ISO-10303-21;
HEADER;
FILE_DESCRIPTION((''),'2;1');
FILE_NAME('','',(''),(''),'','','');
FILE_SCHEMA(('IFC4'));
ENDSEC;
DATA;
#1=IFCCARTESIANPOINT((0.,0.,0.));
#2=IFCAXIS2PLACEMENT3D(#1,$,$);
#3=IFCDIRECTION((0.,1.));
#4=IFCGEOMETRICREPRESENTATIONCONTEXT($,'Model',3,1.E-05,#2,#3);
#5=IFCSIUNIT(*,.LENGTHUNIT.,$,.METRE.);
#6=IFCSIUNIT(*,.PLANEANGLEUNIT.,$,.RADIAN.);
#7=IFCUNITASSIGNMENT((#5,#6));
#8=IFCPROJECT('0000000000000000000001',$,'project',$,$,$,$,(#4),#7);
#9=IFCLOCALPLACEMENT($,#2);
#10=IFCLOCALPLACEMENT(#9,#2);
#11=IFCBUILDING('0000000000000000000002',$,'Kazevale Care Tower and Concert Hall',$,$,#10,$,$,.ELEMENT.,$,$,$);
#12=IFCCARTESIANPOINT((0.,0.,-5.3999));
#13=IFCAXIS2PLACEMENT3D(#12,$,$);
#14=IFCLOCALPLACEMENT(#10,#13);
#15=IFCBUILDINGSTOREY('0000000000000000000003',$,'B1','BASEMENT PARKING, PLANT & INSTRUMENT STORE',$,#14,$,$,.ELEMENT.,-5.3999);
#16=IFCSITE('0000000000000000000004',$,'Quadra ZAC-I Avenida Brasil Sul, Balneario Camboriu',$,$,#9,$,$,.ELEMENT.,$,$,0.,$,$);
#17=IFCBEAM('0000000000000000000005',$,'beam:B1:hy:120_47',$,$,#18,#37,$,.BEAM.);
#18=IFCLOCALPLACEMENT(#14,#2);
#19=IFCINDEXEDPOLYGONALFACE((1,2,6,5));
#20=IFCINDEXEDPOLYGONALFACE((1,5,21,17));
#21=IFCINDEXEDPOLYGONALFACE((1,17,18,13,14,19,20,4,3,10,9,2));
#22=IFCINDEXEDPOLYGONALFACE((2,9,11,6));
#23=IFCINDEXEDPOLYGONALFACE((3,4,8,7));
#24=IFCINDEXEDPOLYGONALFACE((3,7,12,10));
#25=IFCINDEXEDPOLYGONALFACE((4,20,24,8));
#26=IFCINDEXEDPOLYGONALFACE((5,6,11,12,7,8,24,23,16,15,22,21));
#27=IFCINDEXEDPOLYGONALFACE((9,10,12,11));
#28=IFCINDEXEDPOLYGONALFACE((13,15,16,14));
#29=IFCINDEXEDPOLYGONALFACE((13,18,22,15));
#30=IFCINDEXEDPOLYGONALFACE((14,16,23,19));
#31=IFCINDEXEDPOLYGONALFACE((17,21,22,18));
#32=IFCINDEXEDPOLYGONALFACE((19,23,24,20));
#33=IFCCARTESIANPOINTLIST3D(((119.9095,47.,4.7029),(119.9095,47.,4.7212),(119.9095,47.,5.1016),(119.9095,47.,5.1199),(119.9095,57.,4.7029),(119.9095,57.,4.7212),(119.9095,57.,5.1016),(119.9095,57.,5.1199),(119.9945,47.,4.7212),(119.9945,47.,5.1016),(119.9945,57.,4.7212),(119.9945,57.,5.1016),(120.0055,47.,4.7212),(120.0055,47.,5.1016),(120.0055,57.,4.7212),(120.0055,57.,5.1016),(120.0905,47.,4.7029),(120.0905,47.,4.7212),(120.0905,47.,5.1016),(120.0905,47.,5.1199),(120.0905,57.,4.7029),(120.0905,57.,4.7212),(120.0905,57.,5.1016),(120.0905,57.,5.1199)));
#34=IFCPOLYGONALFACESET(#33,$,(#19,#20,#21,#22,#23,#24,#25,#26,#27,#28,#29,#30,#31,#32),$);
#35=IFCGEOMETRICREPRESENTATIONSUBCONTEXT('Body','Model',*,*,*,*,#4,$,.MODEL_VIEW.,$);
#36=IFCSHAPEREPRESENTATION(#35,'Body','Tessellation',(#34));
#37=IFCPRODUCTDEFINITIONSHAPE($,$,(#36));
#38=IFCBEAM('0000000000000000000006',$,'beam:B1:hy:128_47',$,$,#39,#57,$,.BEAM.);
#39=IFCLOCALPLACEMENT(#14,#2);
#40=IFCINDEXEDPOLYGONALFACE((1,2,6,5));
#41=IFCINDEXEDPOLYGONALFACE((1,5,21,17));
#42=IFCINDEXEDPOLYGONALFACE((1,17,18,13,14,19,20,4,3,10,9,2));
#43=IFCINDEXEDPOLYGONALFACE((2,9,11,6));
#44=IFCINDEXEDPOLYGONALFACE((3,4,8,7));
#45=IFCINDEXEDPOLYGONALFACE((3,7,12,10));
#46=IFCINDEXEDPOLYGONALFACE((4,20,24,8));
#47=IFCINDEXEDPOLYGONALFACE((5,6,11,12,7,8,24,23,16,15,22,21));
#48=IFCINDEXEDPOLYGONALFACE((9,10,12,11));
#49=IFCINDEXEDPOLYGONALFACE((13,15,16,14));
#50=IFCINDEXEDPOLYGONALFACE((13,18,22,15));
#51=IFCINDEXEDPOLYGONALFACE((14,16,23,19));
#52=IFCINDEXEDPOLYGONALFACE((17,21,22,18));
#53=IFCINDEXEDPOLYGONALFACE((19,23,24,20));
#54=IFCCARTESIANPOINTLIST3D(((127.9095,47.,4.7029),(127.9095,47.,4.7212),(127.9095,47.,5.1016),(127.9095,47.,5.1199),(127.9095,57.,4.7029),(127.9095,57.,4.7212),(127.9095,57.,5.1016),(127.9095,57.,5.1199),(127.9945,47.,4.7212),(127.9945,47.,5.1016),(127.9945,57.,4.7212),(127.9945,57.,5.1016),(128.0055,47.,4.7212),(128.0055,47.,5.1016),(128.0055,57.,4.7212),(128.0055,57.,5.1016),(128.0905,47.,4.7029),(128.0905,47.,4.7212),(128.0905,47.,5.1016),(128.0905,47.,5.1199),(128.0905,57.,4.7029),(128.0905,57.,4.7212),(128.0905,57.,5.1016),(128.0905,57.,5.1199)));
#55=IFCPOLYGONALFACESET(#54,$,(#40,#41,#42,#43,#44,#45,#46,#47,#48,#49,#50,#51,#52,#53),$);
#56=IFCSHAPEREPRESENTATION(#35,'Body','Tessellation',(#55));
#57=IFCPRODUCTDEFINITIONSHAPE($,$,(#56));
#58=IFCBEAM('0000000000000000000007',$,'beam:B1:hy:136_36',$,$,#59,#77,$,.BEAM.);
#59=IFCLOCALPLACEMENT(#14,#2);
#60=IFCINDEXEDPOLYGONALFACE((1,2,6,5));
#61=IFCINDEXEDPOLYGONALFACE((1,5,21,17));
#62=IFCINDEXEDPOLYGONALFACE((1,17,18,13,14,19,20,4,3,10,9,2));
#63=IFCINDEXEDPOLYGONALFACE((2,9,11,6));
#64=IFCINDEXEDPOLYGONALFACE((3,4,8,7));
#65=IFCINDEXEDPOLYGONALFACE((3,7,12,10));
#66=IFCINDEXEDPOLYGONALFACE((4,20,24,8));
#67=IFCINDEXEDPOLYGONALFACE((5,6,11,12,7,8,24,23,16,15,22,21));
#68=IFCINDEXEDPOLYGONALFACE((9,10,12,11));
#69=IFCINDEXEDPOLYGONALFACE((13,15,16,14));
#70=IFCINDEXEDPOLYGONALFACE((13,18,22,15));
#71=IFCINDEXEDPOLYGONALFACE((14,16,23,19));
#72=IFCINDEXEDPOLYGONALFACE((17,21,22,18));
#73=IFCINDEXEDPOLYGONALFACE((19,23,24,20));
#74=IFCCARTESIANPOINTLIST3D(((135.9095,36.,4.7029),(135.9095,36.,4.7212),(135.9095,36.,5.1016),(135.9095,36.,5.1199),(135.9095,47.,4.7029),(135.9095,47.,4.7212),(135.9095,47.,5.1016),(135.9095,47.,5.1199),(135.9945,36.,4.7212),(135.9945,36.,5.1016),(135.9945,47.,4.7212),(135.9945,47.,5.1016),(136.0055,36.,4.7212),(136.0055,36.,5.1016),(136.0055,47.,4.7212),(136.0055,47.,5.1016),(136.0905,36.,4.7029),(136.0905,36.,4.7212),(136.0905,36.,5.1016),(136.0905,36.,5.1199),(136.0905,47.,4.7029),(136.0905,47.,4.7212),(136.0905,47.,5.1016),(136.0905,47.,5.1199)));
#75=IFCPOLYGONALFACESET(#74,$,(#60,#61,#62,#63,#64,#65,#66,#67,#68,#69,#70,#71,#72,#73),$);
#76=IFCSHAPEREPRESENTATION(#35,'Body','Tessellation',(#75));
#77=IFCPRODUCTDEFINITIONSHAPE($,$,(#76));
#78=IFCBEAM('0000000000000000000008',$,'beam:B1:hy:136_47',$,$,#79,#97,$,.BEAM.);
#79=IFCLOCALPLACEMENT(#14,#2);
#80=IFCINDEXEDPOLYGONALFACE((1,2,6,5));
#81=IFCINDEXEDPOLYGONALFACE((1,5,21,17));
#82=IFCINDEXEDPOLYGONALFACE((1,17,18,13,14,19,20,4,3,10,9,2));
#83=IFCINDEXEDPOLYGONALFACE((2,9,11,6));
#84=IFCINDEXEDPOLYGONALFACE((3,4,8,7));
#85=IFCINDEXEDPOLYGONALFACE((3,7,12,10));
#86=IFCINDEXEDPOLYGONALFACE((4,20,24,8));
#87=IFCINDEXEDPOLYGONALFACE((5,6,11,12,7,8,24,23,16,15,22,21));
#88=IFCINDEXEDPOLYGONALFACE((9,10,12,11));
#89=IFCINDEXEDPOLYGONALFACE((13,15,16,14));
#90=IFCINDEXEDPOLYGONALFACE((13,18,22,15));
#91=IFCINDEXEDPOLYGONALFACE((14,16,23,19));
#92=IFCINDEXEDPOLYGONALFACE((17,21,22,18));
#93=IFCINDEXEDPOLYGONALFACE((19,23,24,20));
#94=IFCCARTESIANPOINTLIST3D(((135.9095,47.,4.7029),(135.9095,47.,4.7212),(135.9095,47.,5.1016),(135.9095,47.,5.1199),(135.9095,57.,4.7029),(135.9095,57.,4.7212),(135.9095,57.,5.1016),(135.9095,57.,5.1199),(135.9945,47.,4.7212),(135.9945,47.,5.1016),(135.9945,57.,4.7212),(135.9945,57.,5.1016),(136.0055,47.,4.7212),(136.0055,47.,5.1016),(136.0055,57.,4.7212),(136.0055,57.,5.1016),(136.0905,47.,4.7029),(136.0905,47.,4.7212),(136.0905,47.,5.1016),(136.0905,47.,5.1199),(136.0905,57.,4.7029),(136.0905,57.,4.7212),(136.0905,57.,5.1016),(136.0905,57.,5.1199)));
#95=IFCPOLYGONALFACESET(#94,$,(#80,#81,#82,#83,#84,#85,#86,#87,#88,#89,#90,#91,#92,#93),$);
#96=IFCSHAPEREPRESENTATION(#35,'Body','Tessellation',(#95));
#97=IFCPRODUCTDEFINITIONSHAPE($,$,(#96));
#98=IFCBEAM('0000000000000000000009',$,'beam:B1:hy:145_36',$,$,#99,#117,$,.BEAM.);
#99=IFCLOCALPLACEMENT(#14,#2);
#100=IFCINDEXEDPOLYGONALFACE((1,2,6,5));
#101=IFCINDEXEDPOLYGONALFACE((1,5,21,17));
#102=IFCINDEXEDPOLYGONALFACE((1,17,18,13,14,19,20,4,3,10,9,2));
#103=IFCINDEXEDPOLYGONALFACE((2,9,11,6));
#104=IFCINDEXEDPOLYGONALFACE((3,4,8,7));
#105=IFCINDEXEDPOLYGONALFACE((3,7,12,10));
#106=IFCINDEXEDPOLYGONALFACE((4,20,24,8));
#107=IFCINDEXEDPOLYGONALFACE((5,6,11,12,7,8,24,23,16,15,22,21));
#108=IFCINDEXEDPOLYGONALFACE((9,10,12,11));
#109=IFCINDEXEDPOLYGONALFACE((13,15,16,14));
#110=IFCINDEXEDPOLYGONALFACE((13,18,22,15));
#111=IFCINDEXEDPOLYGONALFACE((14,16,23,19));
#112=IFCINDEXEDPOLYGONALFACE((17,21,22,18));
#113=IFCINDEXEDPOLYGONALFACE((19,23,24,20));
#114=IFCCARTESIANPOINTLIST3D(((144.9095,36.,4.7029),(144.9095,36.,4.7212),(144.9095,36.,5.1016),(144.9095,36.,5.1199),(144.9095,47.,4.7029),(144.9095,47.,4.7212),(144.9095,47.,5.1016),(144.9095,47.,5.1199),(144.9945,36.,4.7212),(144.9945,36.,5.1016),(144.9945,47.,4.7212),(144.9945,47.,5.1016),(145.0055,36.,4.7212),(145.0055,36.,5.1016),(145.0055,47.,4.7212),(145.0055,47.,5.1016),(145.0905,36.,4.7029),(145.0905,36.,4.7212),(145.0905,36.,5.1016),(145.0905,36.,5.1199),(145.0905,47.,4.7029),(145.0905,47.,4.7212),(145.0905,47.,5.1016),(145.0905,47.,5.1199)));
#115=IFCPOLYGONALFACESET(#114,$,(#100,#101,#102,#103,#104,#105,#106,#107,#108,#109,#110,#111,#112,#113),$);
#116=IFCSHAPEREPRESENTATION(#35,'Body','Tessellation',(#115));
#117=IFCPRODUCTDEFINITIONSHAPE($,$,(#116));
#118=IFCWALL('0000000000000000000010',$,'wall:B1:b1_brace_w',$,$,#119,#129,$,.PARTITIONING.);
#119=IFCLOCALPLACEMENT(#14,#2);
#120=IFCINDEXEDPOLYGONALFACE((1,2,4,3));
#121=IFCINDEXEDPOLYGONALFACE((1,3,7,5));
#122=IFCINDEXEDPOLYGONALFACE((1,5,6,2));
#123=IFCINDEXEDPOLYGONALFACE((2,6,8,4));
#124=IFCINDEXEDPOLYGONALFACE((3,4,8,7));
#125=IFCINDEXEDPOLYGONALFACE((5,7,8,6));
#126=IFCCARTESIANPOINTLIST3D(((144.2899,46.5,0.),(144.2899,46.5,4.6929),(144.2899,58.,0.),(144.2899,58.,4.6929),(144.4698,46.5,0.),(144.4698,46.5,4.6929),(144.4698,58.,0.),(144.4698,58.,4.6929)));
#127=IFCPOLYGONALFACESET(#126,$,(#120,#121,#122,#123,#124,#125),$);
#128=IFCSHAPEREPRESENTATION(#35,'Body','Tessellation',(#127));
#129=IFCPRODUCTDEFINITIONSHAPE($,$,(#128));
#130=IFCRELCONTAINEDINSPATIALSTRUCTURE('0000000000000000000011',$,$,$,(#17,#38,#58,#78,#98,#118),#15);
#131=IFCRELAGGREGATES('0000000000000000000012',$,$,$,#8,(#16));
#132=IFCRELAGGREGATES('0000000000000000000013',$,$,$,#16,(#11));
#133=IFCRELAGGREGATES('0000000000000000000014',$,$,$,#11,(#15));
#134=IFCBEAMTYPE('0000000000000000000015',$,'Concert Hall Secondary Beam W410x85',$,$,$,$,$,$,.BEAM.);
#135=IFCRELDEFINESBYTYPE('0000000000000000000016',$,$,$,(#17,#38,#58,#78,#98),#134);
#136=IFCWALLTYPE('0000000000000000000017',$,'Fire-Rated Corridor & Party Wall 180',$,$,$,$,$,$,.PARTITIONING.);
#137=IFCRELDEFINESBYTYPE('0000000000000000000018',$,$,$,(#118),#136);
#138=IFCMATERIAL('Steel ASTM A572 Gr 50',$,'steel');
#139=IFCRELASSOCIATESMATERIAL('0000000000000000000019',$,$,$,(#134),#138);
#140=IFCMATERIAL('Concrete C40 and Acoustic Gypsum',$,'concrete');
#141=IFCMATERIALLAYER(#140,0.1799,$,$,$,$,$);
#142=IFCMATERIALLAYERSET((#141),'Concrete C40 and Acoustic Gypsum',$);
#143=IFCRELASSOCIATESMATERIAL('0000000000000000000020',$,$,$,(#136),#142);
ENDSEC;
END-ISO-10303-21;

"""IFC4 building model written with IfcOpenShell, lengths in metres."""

from ifc_helpers import new_model, si_unit, direction, frame, frame_2d, origin, origin_2d, place, context, subcontext, project, spatial, rectangle, i_section, extrude, material, layer, layer_set, material_profile, profile_set, type_object, element, save


model = new_model("IFC4")

# Units and contexts
model_context = context("Model", 3, precision=1e-05, world=origin(), true_north=direction((0.0, 1.0)))
body_context = subcontext(model_context, "Body", "Model", "MODEL_VIEW")
ifc_project = project(units=[si_unit("LENGTHUNIT", "METRE"), si_unit("PLANEANGLEUNIT", "RADIAN")], contexts=[model_context])

# Site, building, storey
site_placement = place(None, origin())
site = spatial("IfcSite", under=ifc_project, at=site_placement, Name="Quadra ZAC-I Avenida Brasil Sul, Balneario Camboriu", CompositionType="ELEMENT", RefElevation=0.0)
building_placement = place(site_placement, origin())
building = spatial("IfcBuilding", under=site, at=building_placement, Name="Kazevale Care Tower and Concert Hall", CompositionType="ELEMENT")
storey_placement = place(building_placement, frame((0.0, 0.0, -5.3999)))
storey = spatial("IfcBuildingStorey", under=building, at=storey_placement, Name="B1", Description="BASEMENT PARKING, PLANT & INSTRUMENT STORE", CompositionType="ELEMENT", Elevation=-5.3999)

# Beams
ifc_material_1 = material(Name="Steel ASTM A572 Gr 50", Category="steel")
ifc_material_profile_1 = material_profile(ifc_material_1, i_section(OverallWidth=0.1809, OverallDepth=0.417, WebThickness=0.011, FlangeThickness=0.0183, at=origin_2d()), Name="W410x85")
ifc_profile_set_1 = profile_set([ifc_material_profile_1], Name="Steel ASTM A572 Gr 50")
beam_type_1 = type_object("IfcBeamType", Name="Concert Hall Secondary Beam W410x85", PredefinedType="BEAM", material=ifc_profile_set_1)
for number, where, z_axis, x_axis, name in (
    (1, (120.0, 47.0, 4.9114), (0.0, 1.0, 0.0), (-1.0, 0.0, 0.0), "beam:B1:hy:120_47"),
    (2, (128.0, 47.0, 4.9114), (0.0, 1.0, 0.0), (-1.0, 0.0, 0.0), "beam:B1:hy:128_47"),
):
    element("IfcBeam", number, at=place(storey_placement, frame(where, z_axis=z_axis, x_axis=x_axis)), inside=storey, type_object=beam_type_1, Name=name, PredefinedType="BEAM", context=body_context, shape_type="SweptSolid", body=[
        extrude(i_section(OverallWidth=0.1809, OverallDepth=0.417, WebThickness=0.011, FlangeThickness=0.0183, at=origin_2d()), origin(), (0.0, 0.0, 1.0), 10.0),
    ])
beam_1_placement = place(storey_placement, frame((136.0, 36.0, 4.9114), z_axis=(0.0, 1.0, 0.0), x_axis=(-1.0, 0.0, 0.0)))
element("IfcBeam", 3, at=beam_1_placement, inside=storey, type_object=beam_type_1, Name="beam:B1:hy:136_36", PredefinedType="BEAM", context=body_context, shape_type="SweptSolid", body=[
    extrude(i_section(OverallWidth=0.1809, OverallDepth=0.417, WebThickness=0.011, FlangeThickness=0.0183, at=origin_2d()), origin(), (0.0, 0.0, 1.0), 11.0),
])
beam_2_placement = place(storey_placement, frame((136.0, 47.0, 4.9114), z_axis=(0.0, 1.0, 0.0), x_axis=(-1.0, 0.0, 0.0)))
element("IfcBeam", 4, at=beam_2_placement, inside=storey, type_object=beam_type_1, Name="beam:B1:hy:136_47", PredefinedType="BEAM", context=body_context, shape_type="SweptSolid", body=[
    extrude(i_section(OverallWidth=0.1809, OverallDepth=0.417, WebThickness=0.011, FlangeThickness=0.0183, at=origin_2d()), origin(), (0.0, 0.0, 1.0), 10.0),
])
beam_3_placement = place(storey_placement, frame((145.0, 36.0, 4.9114), z_axis=(0.0, 1.0, 0.0), x_axis=(-1.0, 0.0, 0.0)))
element("IfcBeam", 5, at=beam_3_placement, inside=storey, type_object=beam_type_1, Name="beam:B1:hy:145_36", PredefinedType="BEAM", context=body_context, shape_type="SweptSolid", body=[
    extrude(i_section(OverallWidth=0.1809, OverallDepth=0.417, WebThickness=0.011, FlangeThickness=0.0183, at=origin_2d()), origin(), (0.0, 0.0, 1.0), 11.0),
])

# Wall
ifc_material_2 = material(Name="Concrete C40 and Acoustic Gypsum", Category="concrete")
ifc_layer_1 = layer(ifc_material_2, 0.1799)
ifc_layer_set_1 = layer_set([ifc_layer_1], Name="Concrete C40 and Acoustic Gypsum")
wall_type = type_object("IfcWallType", Name="Fire-Rated Corridor & Party Wall 180", PredefinedType="PARTITIONING", material=ifc_layer_set_1)
wall_1_placement = place(storey_placement, frame((144.3799, 46.5, 0.0), z_axis=(0.0, 0.0, 1.0), x_axis=(0.0, 1.0, 0.0)))
element("IfcWall", 6, at=wall_1_placement, inside=storey, type_object=wall_type, Name="wall:B1:b1_brace_w", PredefinedType="PARTITIONING", context=body_context, shape_type="SweptSolid", body=[
    extrude(rectangle(XDim=11.5, YDim=0.1799, at=frame_2d((5.75, 0.0))), origin(), (0.0, 0.0, 1.0), 4.6929),
])

save(model, "model.ifc")
